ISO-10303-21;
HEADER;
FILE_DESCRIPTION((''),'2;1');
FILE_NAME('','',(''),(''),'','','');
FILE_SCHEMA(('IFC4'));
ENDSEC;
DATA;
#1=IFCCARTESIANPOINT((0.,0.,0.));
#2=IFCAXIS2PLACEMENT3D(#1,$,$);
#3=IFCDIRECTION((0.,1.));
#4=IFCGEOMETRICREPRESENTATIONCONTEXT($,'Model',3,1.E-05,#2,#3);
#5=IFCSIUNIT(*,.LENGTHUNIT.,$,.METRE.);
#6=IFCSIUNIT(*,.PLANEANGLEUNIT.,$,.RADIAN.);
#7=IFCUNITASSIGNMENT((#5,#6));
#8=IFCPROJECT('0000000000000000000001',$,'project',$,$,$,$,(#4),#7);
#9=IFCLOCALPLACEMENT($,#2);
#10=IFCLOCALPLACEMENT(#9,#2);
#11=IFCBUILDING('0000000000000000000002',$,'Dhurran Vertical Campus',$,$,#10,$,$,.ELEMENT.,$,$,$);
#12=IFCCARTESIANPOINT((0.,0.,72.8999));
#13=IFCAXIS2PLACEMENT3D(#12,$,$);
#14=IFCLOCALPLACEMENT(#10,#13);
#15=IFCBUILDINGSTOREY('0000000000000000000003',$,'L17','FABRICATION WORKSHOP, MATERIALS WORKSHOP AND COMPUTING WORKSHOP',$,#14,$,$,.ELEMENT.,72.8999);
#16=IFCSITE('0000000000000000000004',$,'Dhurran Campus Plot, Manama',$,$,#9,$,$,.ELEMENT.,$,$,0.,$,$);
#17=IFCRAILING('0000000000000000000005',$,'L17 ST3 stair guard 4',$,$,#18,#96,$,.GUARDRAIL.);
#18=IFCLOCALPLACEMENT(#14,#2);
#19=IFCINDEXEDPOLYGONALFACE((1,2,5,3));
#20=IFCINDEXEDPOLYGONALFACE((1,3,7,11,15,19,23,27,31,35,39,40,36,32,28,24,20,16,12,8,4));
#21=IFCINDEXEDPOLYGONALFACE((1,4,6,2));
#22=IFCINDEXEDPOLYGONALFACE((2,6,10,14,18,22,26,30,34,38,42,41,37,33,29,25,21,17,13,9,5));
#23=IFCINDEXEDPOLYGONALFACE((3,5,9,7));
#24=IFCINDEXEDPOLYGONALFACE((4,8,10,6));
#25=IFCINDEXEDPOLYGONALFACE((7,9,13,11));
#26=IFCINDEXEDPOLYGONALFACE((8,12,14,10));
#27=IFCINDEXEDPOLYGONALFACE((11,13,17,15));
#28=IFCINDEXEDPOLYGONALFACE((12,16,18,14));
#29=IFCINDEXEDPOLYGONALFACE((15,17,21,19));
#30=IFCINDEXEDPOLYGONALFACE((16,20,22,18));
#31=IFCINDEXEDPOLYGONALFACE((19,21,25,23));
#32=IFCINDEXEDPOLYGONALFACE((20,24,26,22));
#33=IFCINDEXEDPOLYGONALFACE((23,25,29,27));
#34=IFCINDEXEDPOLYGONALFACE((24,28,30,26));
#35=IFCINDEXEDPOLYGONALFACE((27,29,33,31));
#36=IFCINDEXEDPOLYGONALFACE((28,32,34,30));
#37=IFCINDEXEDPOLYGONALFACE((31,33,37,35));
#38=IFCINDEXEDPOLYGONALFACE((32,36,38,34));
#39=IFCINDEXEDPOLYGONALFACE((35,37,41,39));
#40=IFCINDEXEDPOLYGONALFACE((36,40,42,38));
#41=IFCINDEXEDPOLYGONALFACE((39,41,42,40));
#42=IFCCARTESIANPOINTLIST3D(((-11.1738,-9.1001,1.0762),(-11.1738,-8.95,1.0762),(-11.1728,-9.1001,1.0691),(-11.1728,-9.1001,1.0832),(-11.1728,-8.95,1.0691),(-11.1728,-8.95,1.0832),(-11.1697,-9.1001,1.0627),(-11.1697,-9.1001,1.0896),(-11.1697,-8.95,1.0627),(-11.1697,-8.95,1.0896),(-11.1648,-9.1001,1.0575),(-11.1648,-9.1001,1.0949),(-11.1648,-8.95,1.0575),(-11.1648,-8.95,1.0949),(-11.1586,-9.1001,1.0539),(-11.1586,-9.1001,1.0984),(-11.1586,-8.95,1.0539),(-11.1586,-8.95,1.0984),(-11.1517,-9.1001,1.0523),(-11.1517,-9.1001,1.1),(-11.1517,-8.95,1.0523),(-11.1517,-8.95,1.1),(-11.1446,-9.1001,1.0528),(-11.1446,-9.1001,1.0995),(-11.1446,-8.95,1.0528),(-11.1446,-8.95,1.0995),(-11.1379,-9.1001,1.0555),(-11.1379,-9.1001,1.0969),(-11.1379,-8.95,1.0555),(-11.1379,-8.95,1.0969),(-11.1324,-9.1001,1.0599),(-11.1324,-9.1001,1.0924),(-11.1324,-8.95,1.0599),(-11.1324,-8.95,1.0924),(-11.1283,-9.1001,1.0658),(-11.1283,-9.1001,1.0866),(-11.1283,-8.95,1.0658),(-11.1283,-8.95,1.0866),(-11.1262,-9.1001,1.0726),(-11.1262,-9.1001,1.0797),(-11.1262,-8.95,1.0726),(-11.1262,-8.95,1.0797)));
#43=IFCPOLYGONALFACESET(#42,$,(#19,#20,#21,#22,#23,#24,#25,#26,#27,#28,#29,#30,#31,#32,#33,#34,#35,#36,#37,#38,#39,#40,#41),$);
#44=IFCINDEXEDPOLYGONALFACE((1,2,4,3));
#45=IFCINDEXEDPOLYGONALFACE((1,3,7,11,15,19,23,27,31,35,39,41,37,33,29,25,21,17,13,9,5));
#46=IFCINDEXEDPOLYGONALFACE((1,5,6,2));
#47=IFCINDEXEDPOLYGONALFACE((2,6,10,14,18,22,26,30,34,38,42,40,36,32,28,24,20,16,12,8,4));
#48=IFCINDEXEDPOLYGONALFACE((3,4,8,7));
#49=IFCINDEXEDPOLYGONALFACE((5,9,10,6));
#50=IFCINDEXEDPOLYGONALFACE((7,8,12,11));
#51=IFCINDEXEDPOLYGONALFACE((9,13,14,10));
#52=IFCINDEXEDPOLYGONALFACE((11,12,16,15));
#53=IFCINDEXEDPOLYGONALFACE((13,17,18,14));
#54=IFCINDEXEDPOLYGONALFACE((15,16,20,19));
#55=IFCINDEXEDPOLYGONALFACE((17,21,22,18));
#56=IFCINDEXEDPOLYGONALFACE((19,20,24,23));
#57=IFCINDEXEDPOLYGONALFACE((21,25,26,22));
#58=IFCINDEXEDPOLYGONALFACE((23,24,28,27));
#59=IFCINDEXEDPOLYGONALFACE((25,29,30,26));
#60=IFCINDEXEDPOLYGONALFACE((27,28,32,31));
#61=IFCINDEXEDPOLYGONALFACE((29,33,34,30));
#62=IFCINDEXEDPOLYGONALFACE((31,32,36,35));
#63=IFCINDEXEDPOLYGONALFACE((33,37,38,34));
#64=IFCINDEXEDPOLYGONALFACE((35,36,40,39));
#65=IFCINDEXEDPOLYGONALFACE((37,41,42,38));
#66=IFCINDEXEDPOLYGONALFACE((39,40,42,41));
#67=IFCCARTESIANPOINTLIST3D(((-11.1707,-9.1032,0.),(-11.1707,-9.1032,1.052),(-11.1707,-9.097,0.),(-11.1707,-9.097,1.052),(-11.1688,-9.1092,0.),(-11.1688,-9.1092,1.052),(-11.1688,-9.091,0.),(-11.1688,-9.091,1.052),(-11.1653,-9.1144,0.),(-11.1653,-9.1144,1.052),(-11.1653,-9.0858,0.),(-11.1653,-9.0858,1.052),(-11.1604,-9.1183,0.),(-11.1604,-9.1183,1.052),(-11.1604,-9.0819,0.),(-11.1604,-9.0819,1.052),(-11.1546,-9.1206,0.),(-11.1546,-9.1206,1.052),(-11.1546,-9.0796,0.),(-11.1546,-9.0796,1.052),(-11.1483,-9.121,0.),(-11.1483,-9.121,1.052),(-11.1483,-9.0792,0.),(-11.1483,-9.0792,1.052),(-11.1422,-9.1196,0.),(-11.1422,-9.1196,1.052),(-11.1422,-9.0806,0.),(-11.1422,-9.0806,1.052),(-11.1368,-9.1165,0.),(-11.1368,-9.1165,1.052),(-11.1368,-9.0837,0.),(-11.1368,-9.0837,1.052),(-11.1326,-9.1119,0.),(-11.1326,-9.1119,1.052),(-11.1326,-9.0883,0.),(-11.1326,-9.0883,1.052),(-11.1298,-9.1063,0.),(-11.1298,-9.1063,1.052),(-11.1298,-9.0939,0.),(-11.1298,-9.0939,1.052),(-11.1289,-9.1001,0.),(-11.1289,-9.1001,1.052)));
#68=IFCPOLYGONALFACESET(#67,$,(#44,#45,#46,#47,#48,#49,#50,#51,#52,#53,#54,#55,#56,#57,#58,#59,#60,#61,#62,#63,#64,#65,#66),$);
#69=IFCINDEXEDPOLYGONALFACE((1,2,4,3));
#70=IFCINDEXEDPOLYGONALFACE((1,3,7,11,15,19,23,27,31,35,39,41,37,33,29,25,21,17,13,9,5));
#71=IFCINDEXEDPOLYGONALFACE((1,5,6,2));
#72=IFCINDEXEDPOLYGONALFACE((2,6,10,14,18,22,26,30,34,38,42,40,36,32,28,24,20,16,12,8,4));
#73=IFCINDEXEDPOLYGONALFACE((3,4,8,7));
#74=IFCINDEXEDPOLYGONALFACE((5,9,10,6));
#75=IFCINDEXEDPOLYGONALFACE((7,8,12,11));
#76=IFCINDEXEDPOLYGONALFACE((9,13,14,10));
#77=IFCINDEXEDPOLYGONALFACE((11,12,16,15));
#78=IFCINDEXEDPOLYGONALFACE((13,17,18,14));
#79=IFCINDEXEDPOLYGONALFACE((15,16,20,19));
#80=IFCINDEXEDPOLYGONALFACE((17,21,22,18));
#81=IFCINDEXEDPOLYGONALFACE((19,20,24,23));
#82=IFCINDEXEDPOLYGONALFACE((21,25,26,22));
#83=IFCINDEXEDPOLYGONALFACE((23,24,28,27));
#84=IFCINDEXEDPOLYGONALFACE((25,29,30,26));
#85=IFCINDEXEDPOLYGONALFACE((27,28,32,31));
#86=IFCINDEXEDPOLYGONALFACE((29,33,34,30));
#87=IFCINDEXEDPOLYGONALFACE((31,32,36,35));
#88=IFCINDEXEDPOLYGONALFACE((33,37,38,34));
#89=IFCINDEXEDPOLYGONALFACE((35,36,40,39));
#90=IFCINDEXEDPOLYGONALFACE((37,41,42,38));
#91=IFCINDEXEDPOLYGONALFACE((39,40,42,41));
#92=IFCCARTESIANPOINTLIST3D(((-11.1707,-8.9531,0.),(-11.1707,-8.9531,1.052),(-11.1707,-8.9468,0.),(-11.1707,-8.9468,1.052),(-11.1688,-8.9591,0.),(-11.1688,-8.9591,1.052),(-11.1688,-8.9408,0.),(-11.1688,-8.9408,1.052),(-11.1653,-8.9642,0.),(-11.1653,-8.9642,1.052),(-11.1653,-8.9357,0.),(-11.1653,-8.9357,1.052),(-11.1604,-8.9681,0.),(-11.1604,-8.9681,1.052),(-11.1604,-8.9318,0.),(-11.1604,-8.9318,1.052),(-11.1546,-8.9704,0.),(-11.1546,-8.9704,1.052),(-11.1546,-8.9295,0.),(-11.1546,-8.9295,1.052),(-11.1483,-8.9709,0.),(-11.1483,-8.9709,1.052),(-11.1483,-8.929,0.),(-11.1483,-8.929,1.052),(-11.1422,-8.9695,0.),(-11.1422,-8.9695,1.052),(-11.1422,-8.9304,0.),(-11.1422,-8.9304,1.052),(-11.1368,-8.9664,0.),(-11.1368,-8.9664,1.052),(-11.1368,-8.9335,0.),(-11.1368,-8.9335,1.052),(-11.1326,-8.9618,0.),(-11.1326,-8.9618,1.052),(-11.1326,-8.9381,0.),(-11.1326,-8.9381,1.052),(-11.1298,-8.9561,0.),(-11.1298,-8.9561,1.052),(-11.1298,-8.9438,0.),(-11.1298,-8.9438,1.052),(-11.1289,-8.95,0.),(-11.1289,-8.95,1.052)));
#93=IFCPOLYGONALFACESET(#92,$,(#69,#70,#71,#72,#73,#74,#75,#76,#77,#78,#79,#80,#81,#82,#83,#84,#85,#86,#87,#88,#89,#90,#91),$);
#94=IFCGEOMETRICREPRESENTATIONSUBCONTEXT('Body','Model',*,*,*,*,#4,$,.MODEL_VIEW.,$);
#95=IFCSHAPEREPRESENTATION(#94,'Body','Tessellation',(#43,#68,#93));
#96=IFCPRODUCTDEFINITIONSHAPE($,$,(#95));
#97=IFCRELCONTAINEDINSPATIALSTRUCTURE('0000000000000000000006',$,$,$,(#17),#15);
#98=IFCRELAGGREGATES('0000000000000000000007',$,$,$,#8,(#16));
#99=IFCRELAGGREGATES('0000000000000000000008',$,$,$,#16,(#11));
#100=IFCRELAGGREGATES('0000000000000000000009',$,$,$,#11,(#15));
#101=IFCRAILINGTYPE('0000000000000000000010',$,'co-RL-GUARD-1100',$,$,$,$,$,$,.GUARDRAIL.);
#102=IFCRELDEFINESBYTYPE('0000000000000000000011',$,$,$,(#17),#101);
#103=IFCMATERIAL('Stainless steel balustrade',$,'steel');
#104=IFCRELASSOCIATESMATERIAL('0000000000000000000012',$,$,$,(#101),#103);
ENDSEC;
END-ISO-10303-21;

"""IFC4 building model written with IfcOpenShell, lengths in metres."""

from ifc_helpers import new_model, si_unit, direction, frame, origin, origin_2d, place, context, subcontext, project, spatial, circle, extrude, material, type_object, element, save


model = new_model("IFC4")

# Units and contexts
model_context = context("Model", 3, precision=1e-05, world=origin(), true_north=direction((0.0, 1.0)))
body_context = subcontext(model_context, "Body", "Model", "MODEL_VIEW")
ifc_project = project(units=[si_unit("LENGTHUNIT", "METRE"), si_unit("PLANEANGLEUNIT", "RADIAN")], contexts=[model_context])

# Site, building, storey
site_placement = place(None, origin())
site = spatial("IfcSite", under=ifc_project, at=site_placement, Name="Dhurran Campus Plot, Manama", CompositionType="ELEMENT", RefElevation=0.0)
building_placement = place(site_placement, origin())
building = spatial("IfcBuilding", under=site, at=building_placement, Name="Dhurran Vertical Campus", CompositionType="ELEMENT")
storey_placement = place(building_placement, frame((0.0, 0.0, 72.8999)))
storey = spatial("IfcBuildingStorey", under=building, at=storey_placement, Name="L17", Description="FABRICATION WORKSHOP, MATERIALS WORKSHOP AND COMPUTING WORKSHOP", CompositionType="ELEMENT", Elevation=72.8999)

# Railing
ifc_material_1 = material(Name="Stainless steel balustrade", Category="steel")
railing_type_1 = type_object("IfcRailingType", Name="co-RL-GUARD-1100", PredefinedType="GUARDRAIL", material=ifc_material_1)
railing_1_placement = place(storey_placement, frame((-11.1499, -9.1001, 0.0)))
element("IfcRailing", 1, at=railing_1_placement, inside=storey, type_object=railing_type_1, Name="L17 ST3 stair guard 4", PredefinedType="GUARDRAIL", context=body_context, shape_type="SweptSolid", body=[
    extrude(circle(Radius=0.0239, at=origin_2d()), frame((0.0, 0.0, 1.0762), z_axis=(0.0, 1.0, 0.0), x_axis=(-1.0, 0.0, 0.0)), (0.0, 0.0, 1.0), 0.1501),
    extrude(circle(Radius=0.021, at=origin_2d()), origin(), (0.0, 0.0, 1.0), 1.052),
    extrude(circle(Radius=0.021, at=origin_2d()), frame((0.0, 0.1501, 0.0)), (0.0, 0.0, 1.0), 1.052),
])

save(model, "model.ifc")
